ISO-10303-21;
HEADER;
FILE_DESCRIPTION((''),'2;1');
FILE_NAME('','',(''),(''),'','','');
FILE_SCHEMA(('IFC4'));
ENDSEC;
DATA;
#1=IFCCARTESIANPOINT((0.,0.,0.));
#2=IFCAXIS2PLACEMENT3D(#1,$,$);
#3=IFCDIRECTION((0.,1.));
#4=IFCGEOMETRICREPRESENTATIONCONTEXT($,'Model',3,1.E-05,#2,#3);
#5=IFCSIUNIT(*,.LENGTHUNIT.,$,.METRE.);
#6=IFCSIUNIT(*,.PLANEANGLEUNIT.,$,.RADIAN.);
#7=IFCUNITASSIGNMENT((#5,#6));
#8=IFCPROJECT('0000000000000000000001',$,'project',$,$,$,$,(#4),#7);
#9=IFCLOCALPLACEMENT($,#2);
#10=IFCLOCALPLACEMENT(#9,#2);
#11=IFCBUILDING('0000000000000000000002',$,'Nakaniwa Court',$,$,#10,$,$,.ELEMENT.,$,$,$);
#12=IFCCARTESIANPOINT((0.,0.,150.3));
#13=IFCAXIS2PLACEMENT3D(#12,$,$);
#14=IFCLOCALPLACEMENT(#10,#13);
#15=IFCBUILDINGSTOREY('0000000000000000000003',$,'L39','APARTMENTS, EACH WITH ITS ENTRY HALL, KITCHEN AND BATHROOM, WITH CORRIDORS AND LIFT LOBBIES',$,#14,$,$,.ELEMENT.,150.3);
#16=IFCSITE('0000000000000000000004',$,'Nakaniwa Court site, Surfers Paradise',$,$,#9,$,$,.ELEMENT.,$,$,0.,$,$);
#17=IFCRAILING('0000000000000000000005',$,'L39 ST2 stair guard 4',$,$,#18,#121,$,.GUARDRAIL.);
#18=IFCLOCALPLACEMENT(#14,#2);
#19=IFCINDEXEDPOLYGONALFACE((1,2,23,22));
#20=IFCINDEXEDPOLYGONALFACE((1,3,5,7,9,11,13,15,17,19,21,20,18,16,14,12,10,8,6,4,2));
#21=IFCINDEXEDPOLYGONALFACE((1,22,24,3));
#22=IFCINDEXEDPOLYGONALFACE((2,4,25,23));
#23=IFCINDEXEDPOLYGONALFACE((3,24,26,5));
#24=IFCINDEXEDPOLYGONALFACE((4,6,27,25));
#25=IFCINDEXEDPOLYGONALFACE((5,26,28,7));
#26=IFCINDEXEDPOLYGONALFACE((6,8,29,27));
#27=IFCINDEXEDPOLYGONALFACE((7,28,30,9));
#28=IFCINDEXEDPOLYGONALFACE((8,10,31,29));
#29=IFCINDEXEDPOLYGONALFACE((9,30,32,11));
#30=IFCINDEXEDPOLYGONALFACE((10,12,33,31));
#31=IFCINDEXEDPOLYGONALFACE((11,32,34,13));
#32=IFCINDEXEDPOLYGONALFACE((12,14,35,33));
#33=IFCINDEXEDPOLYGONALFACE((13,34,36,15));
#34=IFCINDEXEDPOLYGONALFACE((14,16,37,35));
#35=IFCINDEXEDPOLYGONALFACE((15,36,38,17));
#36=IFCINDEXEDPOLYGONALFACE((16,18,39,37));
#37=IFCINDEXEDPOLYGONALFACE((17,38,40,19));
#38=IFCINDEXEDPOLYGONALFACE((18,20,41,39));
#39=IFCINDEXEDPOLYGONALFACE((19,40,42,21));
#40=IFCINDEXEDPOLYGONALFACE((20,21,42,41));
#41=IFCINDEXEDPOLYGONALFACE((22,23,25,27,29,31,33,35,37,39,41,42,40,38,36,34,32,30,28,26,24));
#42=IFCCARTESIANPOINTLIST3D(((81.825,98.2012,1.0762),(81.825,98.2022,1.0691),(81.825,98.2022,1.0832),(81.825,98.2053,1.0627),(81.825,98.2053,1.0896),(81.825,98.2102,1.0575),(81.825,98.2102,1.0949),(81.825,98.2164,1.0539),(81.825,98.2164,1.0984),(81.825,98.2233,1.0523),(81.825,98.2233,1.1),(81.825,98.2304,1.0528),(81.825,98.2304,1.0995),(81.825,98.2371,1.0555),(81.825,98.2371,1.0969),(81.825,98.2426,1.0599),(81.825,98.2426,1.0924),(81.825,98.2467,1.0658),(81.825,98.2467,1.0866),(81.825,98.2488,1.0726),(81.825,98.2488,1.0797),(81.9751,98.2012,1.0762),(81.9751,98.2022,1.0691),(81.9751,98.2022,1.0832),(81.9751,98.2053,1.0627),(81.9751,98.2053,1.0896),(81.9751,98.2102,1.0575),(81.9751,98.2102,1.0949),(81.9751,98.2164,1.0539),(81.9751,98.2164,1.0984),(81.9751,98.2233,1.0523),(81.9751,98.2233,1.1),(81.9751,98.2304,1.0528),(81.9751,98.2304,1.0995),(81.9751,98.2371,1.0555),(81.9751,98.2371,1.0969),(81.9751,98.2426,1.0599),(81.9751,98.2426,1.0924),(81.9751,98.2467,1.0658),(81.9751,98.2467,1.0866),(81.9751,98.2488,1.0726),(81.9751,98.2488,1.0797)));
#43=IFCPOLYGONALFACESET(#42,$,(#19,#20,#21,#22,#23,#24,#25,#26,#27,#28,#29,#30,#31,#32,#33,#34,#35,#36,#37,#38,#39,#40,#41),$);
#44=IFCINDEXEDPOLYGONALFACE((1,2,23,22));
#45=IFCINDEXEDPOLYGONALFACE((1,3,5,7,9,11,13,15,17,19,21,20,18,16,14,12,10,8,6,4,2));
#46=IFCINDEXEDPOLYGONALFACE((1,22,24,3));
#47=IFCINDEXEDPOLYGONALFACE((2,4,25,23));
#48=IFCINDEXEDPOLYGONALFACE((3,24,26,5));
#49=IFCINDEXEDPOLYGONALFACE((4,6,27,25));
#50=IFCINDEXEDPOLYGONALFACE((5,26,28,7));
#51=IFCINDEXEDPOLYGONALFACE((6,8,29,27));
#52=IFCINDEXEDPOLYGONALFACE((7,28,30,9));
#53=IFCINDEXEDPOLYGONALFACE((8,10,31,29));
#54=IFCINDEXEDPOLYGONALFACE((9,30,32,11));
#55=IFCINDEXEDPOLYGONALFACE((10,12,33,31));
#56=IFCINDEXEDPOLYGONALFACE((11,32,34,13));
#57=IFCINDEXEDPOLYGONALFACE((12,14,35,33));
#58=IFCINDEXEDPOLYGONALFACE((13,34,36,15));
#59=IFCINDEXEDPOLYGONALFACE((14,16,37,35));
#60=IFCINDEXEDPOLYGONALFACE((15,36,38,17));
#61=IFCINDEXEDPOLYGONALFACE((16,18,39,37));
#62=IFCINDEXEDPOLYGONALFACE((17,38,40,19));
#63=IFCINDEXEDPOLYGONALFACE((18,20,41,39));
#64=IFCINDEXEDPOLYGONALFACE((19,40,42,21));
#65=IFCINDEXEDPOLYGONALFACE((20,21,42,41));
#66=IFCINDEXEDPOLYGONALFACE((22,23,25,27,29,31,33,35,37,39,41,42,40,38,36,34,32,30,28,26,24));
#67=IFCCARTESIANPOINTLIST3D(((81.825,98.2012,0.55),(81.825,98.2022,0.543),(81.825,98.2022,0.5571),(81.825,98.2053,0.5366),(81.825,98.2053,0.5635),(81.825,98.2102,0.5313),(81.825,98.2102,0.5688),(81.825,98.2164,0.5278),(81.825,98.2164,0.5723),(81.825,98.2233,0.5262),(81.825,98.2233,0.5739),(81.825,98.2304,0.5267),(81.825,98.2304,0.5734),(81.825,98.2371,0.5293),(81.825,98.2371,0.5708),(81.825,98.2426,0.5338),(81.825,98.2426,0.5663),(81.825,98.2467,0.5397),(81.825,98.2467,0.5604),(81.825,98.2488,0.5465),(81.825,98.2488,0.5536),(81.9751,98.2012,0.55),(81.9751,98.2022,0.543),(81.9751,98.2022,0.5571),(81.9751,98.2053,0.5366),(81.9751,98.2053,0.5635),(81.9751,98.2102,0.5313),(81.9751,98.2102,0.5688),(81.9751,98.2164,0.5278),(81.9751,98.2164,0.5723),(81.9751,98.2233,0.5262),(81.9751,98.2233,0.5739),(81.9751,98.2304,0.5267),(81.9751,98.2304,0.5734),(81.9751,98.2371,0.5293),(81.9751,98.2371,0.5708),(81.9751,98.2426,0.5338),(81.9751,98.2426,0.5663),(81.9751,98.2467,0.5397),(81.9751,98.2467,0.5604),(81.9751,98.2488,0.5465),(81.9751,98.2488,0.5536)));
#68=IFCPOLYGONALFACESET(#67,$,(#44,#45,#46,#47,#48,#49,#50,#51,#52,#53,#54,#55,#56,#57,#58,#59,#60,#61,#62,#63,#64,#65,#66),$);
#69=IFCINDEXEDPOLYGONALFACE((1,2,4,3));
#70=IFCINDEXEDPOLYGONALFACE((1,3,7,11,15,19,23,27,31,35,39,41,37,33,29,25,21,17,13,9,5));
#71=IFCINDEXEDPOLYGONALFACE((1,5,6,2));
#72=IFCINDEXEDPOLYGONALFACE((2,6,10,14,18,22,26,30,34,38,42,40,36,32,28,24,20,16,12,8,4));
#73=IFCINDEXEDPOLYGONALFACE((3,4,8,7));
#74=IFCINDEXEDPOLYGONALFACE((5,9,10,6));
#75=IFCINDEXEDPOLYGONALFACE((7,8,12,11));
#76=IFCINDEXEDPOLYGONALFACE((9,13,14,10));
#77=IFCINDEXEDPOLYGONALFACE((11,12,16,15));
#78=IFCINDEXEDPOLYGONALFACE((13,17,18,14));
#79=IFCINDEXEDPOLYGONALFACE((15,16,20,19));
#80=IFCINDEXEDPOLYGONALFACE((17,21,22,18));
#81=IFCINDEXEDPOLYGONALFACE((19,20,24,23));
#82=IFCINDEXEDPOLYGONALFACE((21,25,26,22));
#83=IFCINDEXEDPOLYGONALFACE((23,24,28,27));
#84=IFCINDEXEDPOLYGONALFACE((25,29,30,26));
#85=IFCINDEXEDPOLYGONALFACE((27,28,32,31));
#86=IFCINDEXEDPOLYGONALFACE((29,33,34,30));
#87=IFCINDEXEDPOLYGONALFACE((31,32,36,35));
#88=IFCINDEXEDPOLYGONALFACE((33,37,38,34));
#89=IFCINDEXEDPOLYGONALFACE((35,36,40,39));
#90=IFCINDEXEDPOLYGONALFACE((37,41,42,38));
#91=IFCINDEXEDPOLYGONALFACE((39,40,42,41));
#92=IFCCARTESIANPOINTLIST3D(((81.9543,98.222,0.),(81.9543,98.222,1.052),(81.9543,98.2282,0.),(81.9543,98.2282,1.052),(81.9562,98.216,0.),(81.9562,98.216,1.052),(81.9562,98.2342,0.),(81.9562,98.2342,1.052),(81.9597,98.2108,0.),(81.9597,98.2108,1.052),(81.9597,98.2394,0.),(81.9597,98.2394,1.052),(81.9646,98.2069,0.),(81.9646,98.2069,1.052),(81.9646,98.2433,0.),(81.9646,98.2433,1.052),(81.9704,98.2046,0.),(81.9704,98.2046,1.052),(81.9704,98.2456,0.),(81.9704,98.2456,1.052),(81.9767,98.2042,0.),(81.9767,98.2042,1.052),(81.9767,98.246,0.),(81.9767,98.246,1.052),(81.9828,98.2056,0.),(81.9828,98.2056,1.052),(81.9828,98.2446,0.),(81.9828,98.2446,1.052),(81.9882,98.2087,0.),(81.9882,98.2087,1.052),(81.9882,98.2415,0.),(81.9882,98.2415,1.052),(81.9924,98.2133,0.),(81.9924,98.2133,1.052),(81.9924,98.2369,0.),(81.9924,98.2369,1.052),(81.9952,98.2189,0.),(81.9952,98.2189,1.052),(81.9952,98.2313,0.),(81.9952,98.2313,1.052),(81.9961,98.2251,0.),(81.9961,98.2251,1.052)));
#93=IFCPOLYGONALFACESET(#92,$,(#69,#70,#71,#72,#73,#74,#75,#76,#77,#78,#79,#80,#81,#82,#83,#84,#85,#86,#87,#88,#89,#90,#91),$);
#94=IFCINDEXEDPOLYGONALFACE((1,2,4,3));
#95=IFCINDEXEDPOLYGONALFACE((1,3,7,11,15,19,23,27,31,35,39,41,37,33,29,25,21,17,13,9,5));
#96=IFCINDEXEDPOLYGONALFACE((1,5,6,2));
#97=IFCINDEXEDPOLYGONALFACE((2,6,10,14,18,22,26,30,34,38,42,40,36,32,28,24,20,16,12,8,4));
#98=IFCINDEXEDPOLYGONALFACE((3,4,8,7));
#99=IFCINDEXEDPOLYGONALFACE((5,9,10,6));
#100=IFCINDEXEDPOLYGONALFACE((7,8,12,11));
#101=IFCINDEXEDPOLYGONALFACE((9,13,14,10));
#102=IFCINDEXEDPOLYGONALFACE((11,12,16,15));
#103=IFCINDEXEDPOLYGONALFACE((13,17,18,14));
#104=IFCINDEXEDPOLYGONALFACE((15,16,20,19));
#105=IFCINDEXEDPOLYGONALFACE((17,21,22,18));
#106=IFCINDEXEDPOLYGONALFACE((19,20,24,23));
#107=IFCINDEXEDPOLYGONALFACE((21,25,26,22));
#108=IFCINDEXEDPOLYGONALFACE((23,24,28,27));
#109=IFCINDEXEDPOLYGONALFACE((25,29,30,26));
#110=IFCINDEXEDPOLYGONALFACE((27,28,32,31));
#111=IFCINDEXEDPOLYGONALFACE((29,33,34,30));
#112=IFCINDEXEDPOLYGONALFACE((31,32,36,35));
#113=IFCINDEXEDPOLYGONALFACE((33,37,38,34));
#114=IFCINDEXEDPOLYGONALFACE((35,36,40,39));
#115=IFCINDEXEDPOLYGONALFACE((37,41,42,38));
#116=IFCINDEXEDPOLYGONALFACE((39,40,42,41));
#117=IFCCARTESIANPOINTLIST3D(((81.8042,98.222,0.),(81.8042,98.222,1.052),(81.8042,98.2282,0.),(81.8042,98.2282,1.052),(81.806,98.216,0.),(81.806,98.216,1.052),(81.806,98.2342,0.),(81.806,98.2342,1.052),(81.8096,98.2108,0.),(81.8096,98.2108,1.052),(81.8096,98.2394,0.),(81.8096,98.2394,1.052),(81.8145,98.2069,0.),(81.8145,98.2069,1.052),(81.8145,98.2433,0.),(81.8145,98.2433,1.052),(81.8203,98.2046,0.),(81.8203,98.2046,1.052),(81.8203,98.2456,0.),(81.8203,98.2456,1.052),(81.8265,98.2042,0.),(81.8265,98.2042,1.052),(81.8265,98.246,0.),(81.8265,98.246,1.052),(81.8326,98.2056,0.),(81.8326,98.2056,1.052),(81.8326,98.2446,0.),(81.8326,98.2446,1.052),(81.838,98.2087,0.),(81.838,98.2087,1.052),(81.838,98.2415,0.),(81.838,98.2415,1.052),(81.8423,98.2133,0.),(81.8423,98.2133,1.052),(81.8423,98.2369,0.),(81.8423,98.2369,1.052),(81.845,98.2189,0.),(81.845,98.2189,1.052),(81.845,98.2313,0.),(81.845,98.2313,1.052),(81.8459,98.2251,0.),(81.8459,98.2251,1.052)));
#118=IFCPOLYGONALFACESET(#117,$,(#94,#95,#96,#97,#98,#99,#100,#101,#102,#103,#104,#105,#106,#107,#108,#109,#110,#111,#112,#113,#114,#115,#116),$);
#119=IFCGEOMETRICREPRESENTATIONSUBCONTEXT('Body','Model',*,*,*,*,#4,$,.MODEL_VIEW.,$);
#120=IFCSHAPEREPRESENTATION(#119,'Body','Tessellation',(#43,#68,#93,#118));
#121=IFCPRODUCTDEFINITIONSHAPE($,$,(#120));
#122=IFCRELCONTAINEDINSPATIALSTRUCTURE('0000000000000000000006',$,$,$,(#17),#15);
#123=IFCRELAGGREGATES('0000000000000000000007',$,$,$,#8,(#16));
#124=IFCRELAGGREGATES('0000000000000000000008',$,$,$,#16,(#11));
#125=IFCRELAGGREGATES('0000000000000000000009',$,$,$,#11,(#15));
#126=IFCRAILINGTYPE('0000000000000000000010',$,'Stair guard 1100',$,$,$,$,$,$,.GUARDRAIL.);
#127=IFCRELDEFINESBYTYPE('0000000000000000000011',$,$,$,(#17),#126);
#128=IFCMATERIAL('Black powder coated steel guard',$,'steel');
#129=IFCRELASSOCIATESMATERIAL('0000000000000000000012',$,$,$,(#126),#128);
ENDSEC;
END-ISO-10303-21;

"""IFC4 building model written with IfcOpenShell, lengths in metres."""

from ifc_helpers import new_model, si_unit, direction, frame, origin, origin_2d, place, context, subcontext, project, spatial, circle, extrude, material, type_object, element, save


model = new_model("IFC4")

# Units and contexts
model_context = context("Model", 3, precision=1e-05, world=origin(), true_north=direction((0.0, 1.0)))
body_context = subcontext(model_context, "Body", "Model", "MODEL_VIEW")
ifc_project = project(units=[si_unit("LENGTHUNIT", "METRE"), si_unit("PLANEANGLEUNIT", "RADIAN")], contexts=[model_context])

# Site, building, storey
site_placement = place(None, origin())
site = spatial("IfcSite", under=ifc_project, at=site_placement, Name="Nakaniwa Court site, Surfers Paradise", CompositionType="ELEMENT", RefElevation=0.0)
building_placement = place(site_placement, origin())
building = spatial("IfcBuilding", under=site, at=building_placement, Name="Nakaniwa Court", CompositionType="ELEMENT")
storey_placement = place(building_placement, frame((0.0, 0.0, 150.3)))
storey = spatial("IfcBuildingStorey", under=building, at=storey_placement, Name="L39", Description="APARTMENTS, EACH WITH ITS ENTRY HALL, KITCHEN AND BATHROOM, WITH CORRIDORS AND LIFT LOBBIES", CompositionType="ELEMENT", Elevation=150.3)

# Railing
ifc_material_1 = material(Name="Black powder coated steel guard", Category="steel")
railing_type_1 = type_object("IfcRailingType", Name="Stair guard 1100", PredefinedType="GUARDRAIL", material=ifc_material_1)
railing_1_placement = place(storey_placement, frame((81.9751, 98.2251, 0.0)))
element("IfcRailing", 1, at=railing_1_placement, inside=storey, type_object=railing_type_1, Name="L39 ST2 stair guard 4", PredefinedType="GUARDRAIL", context=body_context, shape_type="SweptSolid", body=[
    extrude(circle(Radius=0.0239, at=origin_2d()), frame((0.0, 0.0, 1.0762), z_axis=(-1.0, 0.0, 0.0), x_axis=(0.0, -1.0, 0.0)), (0.0, 0.0, 1.0), 0.1501),
    extrude(circle(Radius=0.0239, at=origin_2d()), frame((0.0, 0.0, 0.55), z_axis=(-1.0, 0.0, 0.0), x_axis=(0.0, -1.0, 0.0)), (0.0, 0.0, 1.0), 0.1501),
    extrude(circle(Radius=0.021, at=origin_2d()), origin(), (0.0, 0.0, 1.0), 1.052),
    extrude(circle(Radius=0.021, at=origin_2d()), frame((-0.1501, 0.0, 0.0)), (0.0, 0.0, 1.0), 1.052),
])

save(model, "model.ifc")
